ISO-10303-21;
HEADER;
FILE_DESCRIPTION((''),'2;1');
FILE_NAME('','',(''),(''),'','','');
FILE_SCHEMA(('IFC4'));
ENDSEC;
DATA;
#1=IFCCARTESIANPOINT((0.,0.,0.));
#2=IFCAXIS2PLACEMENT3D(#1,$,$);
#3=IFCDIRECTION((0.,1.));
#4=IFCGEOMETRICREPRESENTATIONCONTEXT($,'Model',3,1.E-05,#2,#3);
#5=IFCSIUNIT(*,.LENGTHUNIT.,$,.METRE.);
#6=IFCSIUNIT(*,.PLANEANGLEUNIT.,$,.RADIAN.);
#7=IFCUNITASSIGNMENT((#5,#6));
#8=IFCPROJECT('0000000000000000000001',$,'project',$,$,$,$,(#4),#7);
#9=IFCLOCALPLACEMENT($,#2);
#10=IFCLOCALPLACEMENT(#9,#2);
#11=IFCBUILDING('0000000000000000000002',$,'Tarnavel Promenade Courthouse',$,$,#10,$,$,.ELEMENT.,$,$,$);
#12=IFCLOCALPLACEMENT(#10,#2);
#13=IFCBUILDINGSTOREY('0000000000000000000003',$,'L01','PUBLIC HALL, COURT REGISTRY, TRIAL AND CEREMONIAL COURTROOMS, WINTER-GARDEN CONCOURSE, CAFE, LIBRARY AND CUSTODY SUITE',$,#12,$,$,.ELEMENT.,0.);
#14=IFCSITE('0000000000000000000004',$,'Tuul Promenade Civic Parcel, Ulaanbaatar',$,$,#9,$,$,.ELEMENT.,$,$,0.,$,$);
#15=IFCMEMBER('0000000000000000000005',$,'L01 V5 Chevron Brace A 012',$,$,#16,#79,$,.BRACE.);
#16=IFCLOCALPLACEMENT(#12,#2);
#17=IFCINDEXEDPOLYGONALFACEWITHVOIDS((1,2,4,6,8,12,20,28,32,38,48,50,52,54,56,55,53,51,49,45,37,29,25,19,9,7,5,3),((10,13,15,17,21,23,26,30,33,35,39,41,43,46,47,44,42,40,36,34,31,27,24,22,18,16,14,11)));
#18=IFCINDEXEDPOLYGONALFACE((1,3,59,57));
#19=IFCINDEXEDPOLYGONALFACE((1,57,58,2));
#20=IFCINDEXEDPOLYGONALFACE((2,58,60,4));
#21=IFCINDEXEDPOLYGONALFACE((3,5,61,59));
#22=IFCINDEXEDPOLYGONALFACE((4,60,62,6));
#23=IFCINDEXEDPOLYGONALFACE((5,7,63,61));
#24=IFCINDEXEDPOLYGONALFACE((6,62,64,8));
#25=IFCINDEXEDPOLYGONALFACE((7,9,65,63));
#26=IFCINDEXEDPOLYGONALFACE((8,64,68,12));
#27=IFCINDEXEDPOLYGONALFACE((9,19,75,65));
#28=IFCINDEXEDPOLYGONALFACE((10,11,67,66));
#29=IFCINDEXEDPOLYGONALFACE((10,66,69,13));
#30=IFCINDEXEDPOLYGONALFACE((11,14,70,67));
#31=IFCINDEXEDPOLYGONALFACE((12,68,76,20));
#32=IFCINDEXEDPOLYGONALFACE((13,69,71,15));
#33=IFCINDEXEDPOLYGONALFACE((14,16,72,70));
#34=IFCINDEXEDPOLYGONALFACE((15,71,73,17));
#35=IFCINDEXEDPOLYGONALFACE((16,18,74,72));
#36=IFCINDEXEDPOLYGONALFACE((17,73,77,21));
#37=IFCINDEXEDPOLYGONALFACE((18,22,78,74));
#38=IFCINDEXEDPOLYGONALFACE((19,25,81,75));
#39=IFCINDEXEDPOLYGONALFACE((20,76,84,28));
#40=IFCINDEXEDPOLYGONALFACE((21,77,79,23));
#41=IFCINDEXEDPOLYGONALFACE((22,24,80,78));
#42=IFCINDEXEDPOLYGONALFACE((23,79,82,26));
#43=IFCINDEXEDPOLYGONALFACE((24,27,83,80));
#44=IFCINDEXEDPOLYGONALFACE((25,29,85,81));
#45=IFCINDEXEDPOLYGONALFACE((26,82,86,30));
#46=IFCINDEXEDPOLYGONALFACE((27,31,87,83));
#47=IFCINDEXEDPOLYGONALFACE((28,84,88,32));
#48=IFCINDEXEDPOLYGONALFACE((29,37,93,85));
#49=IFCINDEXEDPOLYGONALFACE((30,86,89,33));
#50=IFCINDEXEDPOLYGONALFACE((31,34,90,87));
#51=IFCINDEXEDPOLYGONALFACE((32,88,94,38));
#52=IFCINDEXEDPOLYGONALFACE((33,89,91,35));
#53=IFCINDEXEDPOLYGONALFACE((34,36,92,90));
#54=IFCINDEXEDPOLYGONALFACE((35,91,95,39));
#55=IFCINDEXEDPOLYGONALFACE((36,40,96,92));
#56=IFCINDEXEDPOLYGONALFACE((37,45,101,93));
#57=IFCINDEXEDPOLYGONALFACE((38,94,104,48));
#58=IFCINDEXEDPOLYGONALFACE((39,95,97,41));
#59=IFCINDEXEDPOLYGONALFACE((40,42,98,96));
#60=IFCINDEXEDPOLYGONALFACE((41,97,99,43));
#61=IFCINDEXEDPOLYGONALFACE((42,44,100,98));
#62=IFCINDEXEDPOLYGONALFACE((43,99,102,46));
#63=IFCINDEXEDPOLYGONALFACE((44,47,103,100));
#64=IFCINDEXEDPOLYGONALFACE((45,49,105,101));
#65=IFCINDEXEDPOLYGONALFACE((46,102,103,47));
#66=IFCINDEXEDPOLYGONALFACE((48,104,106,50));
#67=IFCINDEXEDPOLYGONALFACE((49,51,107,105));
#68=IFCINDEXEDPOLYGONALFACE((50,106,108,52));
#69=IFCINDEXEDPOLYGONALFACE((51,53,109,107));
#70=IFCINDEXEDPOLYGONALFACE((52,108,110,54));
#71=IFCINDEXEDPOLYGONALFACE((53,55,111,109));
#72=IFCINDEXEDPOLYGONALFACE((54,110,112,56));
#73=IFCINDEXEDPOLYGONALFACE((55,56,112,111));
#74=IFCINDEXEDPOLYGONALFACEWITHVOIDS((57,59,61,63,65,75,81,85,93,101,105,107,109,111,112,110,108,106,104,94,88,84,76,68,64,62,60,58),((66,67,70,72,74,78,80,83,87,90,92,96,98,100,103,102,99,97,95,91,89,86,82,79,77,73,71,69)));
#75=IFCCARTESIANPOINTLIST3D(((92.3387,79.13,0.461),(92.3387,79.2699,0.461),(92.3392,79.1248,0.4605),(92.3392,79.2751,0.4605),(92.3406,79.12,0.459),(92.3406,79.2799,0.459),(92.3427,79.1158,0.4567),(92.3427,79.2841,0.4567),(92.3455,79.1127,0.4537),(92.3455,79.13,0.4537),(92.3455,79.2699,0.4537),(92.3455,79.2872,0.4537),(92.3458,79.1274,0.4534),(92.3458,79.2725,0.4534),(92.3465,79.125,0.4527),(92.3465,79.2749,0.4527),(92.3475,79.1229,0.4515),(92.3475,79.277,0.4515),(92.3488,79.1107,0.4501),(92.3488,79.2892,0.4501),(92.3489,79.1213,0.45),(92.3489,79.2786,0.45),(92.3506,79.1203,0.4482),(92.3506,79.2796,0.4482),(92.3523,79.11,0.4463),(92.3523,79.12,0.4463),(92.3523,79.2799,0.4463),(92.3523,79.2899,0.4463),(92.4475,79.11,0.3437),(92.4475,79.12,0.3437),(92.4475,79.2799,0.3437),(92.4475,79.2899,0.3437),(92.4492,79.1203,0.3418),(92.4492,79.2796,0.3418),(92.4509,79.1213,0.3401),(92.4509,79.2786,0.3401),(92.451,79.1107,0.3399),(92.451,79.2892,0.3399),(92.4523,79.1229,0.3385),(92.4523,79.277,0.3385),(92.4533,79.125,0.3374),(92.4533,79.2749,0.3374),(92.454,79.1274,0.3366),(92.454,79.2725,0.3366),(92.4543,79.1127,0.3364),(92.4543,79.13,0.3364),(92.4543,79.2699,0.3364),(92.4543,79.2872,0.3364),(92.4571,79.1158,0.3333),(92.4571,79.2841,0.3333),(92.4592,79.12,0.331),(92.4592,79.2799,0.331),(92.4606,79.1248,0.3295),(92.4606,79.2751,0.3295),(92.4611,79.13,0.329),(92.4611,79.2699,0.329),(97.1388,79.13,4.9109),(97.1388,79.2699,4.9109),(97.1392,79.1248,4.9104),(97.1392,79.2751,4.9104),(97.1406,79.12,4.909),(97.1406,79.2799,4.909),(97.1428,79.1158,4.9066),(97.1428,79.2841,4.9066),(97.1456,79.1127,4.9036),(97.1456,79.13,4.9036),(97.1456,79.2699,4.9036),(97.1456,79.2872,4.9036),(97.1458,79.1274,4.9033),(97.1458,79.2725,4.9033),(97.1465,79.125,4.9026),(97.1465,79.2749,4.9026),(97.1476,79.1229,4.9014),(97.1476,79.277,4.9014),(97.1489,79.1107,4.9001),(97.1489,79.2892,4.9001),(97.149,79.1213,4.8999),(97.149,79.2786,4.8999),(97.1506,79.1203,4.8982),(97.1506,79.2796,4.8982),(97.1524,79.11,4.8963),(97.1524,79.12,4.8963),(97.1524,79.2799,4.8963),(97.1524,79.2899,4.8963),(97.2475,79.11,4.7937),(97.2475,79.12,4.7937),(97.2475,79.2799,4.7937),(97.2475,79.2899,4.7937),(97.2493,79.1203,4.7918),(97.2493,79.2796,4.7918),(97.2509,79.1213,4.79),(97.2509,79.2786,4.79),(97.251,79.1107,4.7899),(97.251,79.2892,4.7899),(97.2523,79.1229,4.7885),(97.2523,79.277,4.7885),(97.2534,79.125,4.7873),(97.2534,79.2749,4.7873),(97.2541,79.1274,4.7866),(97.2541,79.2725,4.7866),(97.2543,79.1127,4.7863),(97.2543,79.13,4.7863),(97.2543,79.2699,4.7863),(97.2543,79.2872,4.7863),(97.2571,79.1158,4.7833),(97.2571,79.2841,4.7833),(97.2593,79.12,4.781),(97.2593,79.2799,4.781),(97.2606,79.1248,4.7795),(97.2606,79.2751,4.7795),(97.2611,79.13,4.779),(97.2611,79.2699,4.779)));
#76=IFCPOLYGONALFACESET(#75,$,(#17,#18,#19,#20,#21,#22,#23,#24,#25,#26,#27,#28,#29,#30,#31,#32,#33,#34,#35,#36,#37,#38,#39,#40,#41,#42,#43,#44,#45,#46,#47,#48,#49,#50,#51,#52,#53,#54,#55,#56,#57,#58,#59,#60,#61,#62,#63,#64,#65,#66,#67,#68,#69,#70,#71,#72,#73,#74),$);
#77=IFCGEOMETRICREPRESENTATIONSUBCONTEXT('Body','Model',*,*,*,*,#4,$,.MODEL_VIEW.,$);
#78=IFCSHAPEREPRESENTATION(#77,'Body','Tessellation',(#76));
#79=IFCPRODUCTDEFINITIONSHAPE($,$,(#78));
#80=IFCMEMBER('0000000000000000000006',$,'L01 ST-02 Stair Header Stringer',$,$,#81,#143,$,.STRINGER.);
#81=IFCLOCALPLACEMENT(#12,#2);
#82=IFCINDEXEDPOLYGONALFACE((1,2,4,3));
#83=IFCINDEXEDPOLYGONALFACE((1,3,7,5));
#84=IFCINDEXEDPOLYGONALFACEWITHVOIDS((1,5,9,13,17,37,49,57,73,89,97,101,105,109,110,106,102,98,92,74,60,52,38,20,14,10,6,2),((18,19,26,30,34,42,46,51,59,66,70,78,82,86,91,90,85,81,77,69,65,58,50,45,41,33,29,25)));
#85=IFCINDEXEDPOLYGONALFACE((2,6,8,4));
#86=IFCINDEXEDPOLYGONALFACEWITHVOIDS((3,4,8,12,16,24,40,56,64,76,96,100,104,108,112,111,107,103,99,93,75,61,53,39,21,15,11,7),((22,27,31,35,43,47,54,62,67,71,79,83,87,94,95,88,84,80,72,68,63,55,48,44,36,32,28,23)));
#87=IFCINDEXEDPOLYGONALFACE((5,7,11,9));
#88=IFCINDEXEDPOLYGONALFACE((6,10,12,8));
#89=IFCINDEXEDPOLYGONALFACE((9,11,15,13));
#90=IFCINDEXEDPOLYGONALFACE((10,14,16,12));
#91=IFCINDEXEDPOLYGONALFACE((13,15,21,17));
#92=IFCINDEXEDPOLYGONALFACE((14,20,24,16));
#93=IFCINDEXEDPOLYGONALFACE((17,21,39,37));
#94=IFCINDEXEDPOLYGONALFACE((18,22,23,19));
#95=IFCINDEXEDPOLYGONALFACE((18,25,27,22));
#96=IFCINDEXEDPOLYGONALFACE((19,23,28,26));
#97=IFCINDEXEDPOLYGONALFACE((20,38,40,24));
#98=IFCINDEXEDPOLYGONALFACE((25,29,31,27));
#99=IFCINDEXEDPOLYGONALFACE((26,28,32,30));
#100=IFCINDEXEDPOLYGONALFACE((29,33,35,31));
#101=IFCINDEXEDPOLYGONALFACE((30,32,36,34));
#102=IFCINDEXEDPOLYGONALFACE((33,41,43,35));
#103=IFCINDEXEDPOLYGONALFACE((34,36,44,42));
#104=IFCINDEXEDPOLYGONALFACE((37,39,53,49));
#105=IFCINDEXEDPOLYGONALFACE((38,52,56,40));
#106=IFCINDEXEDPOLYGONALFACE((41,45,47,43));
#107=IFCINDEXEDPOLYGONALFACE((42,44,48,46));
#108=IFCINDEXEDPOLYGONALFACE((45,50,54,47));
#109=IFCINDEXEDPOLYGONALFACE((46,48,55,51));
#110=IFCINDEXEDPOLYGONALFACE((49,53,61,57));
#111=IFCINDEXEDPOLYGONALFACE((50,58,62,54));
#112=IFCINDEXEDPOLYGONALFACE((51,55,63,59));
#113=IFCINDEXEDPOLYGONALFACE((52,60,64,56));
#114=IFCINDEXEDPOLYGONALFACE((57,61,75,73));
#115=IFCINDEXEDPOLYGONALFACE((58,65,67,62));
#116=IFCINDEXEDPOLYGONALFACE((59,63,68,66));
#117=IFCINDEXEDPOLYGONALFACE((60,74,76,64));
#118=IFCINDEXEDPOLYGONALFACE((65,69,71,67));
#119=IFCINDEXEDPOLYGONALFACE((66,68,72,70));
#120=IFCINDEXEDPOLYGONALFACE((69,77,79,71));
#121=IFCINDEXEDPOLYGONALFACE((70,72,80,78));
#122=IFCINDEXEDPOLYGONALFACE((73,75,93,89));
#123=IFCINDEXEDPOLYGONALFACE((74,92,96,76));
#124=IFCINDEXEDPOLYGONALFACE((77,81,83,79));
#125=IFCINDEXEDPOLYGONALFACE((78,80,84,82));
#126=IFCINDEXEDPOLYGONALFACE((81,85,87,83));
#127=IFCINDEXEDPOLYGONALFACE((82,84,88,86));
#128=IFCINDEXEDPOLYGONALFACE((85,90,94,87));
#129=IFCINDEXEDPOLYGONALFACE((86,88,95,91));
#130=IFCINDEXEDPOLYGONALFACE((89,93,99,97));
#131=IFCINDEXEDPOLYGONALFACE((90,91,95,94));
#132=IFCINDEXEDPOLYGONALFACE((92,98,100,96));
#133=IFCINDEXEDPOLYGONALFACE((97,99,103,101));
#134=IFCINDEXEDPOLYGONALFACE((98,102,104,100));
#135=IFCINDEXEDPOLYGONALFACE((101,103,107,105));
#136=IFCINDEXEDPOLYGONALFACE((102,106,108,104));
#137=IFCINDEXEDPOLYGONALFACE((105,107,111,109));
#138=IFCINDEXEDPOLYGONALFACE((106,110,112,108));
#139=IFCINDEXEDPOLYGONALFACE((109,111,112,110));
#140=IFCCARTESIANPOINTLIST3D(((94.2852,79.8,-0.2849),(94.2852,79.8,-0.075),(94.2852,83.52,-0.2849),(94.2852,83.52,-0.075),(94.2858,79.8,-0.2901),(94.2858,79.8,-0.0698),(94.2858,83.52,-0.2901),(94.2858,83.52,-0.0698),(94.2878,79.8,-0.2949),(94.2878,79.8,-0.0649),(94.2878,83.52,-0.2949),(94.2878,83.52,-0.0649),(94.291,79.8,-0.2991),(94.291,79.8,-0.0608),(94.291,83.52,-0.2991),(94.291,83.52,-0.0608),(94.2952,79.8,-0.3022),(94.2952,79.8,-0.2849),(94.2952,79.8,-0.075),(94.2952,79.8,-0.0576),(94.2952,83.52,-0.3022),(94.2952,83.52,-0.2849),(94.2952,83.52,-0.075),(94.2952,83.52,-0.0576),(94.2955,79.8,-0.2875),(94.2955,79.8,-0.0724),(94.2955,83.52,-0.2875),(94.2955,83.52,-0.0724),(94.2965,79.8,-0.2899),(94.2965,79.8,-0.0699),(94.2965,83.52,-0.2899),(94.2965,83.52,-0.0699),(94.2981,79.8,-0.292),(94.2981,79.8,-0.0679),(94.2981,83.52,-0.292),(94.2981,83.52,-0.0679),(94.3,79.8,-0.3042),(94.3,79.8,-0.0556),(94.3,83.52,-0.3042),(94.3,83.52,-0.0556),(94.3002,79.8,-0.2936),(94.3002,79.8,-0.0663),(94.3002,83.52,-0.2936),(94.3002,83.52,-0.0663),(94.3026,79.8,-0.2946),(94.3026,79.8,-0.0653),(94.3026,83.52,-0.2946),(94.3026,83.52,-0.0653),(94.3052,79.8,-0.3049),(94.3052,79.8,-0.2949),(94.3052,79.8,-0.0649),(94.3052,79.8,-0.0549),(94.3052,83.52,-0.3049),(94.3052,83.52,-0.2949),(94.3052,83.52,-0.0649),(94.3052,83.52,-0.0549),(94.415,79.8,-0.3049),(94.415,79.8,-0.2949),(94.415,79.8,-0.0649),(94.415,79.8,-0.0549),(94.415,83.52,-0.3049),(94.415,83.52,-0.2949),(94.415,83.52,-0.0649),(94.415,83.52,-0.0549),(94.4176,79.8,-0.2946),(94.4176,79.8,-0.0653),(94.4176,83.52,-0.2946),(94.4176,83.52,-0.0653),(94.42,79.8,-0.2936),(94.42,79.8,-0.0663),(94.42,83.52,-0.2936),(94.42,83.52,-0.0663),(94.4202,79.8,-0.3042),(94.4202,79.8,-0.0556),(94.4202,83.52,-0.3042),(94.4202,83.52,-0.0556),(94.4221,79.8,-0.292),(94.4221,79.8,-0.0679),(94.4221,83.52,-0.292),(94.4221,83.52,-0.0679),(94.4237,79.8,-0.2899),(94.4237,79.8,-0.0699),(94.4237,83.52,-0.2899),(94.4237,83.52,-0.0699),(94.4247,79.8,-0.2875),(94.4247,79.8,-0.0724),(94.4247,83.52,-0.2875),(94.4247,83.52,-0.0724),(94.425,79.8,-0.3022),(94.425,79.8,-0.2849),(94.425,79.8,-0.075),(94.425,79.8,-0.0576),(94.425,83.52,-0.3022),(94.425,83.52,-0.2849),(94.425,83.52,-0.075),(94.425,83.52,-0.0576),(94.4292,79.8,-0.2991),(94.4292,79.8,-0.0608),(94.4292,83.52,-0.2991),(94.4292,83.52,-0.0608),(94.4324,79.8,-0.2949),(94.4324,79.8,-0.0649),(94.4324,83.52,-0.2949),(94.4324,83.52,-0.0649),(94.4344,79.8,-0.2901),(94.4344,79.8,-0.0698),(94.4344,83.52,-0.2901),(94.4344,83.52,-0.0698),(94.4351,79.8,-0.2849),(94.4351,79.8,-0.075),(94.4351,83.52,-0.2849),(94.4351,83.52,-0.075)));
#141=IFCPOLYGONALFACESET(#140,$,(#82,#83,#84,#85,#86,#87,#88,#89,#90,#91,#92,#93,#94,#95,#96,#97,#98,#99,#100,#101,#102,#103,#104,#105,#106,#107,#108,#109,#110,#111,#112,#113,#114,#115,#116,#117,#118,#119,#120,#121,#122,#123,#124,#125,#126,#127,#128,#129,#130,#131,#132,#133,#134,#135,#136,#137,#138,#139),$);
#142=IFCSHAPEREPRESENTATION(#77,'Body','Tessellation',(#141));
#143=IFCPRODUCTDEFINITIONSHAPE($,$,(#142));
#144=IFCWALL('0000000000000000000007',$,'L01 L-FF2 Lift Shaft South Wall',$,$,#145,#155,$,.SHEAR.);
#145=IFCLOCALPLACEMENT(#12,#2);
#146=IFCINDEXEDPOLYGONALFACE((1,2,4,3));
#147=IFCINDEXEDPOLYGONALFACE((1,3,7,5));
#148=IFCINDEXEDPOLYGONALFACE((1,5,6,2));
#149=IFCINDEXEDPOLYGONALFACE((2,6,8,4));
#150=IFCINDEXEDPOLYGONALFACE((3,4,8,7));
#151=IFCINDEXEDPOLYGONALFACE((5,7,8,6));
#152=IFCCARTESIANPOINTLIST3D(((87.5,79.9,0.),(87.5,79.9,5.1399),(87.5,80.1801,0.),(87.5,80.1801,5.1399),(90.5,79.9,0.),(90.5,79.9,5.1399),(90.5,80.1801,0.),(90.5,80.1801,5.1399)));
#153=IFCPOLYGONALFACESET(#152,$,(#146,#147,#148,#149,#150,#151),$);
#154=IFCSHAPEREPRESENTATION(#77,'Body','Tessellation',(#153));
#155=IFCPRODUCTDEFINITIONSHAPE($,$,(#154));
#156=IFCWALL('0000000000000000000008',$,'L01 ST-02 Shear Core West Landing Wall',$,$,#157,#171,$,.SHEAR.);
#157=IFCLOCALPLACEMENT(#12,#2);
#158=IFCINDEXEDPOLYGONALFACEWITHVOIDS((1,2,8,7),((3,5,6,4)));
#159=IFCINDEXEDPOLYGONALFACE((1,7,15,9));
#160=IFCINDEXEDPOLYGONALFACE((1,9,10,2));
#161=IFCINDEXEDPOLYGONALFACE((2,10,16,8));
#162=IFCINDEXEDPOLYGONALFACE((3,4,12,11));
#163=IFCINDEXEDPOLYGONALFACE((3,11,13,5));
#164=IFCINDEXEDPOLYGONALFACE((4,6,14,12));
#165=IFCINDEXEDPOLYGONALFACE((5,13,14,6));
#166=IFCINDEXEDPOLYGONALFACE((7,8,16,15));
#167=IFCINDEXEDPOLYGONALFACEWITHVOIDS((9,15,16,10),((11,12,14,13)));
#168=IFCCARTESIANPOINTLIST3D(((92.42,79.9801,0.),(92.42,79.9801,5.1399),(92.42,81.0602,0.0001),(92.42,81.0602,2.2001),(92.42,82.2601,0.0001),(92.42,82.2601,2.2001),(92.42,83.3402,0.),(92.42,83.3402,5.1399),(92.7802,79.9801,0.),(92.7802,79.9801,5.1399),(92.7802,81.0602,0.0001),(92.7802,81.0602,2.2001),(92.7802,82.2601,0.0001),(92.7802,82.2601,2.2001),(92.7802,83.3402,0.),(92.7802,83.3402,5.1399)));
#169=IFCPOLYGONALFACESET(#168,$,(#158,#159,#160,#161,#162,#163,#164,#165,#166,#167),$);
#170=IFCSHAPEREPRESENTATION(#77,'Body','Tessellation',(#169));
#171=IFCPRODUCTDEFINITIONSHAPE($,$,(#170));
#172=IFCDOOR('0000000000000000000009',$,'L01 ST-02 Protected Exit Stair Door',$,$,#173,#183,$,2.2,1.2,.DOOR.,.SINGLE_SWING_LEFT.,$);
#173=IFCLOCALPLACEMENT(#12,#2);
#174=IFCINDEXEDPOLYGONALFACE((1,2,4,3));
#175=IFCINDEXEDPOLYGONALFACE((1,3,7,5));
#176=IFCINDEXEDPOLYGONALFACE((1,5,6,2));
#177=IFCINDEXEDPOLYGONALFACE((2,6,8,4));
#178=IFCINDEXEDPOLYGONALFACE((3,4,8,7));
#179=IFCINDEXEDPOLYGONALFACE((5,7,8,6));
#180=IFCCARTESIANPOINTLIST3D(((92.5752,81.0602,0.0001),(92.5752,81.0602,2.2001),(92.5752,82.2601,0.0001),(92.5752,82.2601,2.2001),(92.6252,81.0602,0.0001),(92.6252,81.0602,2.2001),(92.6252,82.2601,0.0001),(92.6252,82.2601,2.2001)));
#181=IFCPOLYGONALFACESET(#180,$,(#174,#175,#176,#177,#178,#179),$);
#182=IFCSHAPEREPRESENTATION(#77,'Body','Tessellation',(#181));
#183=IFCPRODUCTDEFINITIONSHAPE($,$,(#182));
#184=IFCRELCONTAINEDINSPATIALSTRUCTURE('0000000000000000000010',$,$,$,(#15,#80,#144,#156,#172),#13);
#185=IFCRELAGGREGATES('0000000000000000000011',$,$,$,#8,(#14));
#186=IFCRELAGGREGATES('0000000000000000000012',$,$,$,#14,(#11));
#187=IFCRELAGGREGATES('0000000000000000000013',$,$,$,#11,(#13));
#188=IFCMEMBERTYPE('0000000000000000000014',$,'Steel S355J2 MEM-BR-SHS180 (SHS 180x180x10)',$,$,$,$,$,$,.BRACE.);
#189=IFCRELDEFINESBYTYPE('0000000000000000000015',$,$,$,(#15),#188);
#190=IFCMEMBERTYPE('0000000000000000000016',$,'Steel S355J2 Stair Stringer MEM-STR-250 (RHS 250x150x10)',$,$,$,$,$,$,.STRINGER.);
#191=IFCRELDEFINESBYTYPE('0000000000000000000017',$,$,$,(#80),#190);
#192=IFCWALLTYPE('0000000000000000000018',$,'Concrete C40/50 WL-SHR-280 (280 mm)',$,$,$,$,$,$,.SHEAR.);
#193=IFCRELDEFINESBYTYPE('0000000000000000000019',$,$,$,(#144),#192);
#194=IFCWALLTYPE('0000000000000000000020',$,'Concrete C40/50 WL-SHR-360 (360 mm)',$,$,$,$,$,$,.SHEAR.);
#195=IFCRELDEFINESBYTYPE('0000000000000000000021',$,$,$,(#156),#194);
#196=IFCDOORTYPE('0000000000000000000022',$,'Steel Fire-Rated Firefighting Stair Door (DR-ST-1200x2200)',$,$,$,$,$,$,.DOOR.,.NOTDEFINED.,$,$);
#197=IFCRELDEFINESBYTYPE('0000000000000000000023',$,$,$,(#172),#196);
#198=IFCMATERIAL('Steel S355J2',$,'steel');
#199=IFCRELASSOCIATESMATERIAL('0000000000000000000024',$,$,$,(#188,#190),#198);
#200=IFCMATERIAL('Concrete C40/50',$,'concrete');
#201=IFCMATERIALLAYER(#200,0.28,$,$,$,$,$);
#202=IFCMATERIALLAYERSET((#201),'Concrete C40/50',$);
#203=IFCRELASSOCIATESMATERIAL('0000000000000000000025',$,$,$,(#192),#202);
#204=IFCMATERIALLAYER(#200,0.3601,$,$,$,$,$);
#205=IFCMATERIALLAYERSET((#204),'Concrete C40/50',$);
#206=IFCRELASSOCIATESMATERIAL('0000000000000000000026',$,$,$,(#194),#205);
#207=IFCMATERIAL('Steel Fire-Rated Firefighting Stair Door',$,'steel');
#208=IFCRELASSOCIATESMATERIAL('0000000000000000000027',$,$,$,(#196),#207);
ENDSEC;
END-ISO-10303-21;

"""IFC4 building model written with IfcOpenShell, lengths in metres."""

from ifc_helpers import new_model, si_unit, direction, frame, frame_2d, origin, origin_2d, place, context, subcontext, project, spatial, rectangle, hollow_rectangle, extrude, material, layer, layer_set, material_profile, profile_set, type_object, element, fill, save


model = new_model("IFC4")

# Units and contexts
model_context = context("Model", 3, precision=1e-05, world=origin(), true_north=direction((0.0, 1.0)))
body_context = subcontext(model_context, "Body", "Model", "MODEL_VIEW")
ifc_project = project(units=[si_unit("LENGTHUNIT", "METRE"), si_unit("PLANEANGLEUNIT", "RADIAN")], contexts=[model_context])

# Site, building, storey
site_placement = place(None, origin())
site = spatial("IfcSite", under=ifc_project, at=site_placement, Name="Tuul Promenade Civic Parcel, Ulaanbaatar", CompositionType="ELEMENT", RefElevation=0.0)
building_placement = place(site_placement, origin())
building = spatial("IfcBuilding", under=site, at=building_placement, Name="Tarnavel Promenade Courthouse", CompositionType="ELEMENT")
storey_placement = place(building_placement, origin())
storey = spatial("IfcBuildingStorey", under=building, at=storey_placement, Name="L01", Description="PUBLIC HALL, COURT REGISTRY, TRIAL AND CEREMONIAL COURTROOMS, WINTER-GARDEN CONCOURSE, CAFE, LIBRARY AND CUSTODY SUITE", CompositionType="ELEMENT", Elevation=0.0)

# Shared definitions
ifc_material_1 = material(Name="Concrete C40/50", Category="concrete")

# Members
ifc_material_2 = material(Name="Steel S355J2", Category="steel")
ifc_material_profile_1 = material_profile(ifc_material_2, hollow_rectangle(XDim=0.1799, YDim=0.1799, WallThickness=0.01, InnerFilletRadius=0.01, OuterFilletRadius=0.02, at=origin_2d()), Name="SHS 180x180x10")
ifc_profile_set_1 = profile_set([ifc_material_profile_1], Name="Steel S355J2")
member_type_1 = type_object("IfcMemberType", Name="Steel S355J2 MEM-BR-SHS180 (SHS 180x180x10)", PredefinedType="BRACE", material=ifc_profile_set_1)
member_1_placement = place(storey_placement, frame((92.3999, 79.2, 0.395), z_axis=(0.733345, 0.0, 0.679857), x_axis=(0.0, 1.0, 0.0)))
element("IfcMember", 1, at=member_1_placement, inside=storey, type_object=member_type_1, Name="L01 V5 Chevron Brace A 012", PredefinedType="BRACE", context=body_context, shape_type="SweptSolid", body=[
    extrude(hollow_rectangle(XDim=0.1799, YDim=0.1799, WallThickness=0.01, InnerFilletRadius=0.01, OuterFilletRadius=0.02, at=origin_2d()), origin(), (0.0, 0.0, 1.0), 6.5454),
])
ifc_material_profile_2 = material_profile(ifc_material_2, hollow_rectangle(XDim=0.1499, YDim=0.25, WallThickness=0.01, InnerFilletRadius=0.01, OuterFilletRadius=0.02, at=origin_2d()), Name="RHS 250x150x10")
ifc_profile_set_2 = profile_set([ifc_material_profile_2], Name="Steel S355J2")
member_type_2 = type_object("IfcMemberType", Name="Steel S355J2 Stair Stringer MEM-STR-250 (RHS 250x150x10)", PredefinedType="STRINGER", material=ifc_profile_set_2)
member_2_placement = place(storey_placement, frame((94.3601, 79.8, -0.1799), z_axis=(0.0, 1.0, 0.0), x_axis=(-1.0, 0.0, 0.0)))
element("IfcMember", 2, at=member_2_placement, inside=storey, type_object=member_type_2, Name="L01 ST-02 Stair Header Stringer", PredefinedType="STRINGER", context=body_context, shape_type="SweptSolid", body=[
    extrude(hollow_rectangle(XDim=0.1499, YDim=0.25, WallThickness=0.01, InnerFilletRadius=0.01, OuterFilletRadius=0.02, at=origin_2d()), origin(), (0.0, 0.0, 1.0), 3.72),
])

# Wall
ifc_layer_1 = layer(ifc_material_1, 0.28)
ifc_layer_set_1 = layer_set([ifc_layer_1], Name="Concrete C40/50")
wall_type_1 = type_object("IfcWallType", Name="Concrete C40/50 WL-SHR-280 (280 mm)", PredefinedType="SHEAR", material=ifc_layer_set_1)
wall_1_placement = place(storey_placement, frame((90.5, 80.04, 0.0), z_axis=(0.0, 0.0, 1.0), x_axis=(-1.0, 0.0, 0.0)))
element("IfcWall", 3, at=wall_1_placement, inside=storey, type_object=wall_type_1, Name="L01 L-FF2 Lift Shaft South Wall", PredefinedType="SHEAR", context=body_context, shape_type="SweptSolid", body=[
    extrude(rectangle(XDim=3.0, YDim=0.28, at=frame_2d((1.5, 0.0))), origin(), (0.0, 0.0, 1.0), 5.1399),
])

# Wall, opening, door
ifc_layer_2 = layer(ifc_material_1, 0.3601)
ifc_layer_set_2 = layer_set([ifc_layer_2], Name="Concrete C40/50")
wall_type_2 = type_object("IfcWallType", Name="Concrete C40/50 WL-SHR-360 (360 mm)", PredefinedType="SHEAR", material=ifc_layer_set_2)
wall_2_placement = place(storey_placement, frame((92.6001, 79.98, 0.0), z_axis=(0.0, 0.0, 1.0), x_axis=(0.0, 1.0, 0.0)))
wall_2 = element("IfcWall", 4, at=wall_2_placement, inside=storey, type_object=wall_type_2, Name="L01 ST-02 Shear Core West Landing Wall", PredefinedType="SHEAR", context=body_context, shape_type="SweptSolid", body=[
    extrude(rectangle(XDim=3.3601, YDim=0.3601, at=frame_2d((1.6802, 0.0))), origin(), (0.0, 0.0, 1.0), 5.1399),
])
opening_placement = place(wall_2_placement, frame((1.0801, 0.0, 0.0)))
opening = element("IfcOpeningElement", 5, at=opening_placement, cuts=wall_2, PredefinedType="OPENING", context=body_context, shape_type="SweptSolid", body=[
    extrude(rectangle(XDim=1.2, YDim=2.2, at=frame_2d((0.6001, 1.1001))), frame((0.0, 0.1899, 0.0), z_axis=(0.0, -1.0, 0.0), x_axis=(1.0, 0.0, 0.0)), (0.0, 0.0, 1.0), 0.3801),
])
ifc_material_3 = material(Name="Steel Fire-Rated Firefighting Stair Door", Category="steel")
door_type = type_object("IfcDoorType", Name="Steel Fire-Rated Firefighting Stair Door (DR-ST-1200x2200)", OperationType="NOTDEFINED", PredefinedType="DOOR", material=ifc_material_3)
door_placement = place(opening_placement, origin())
door = element("IfcDoor", 6, at=door_placement, inside=storey, type_object=door_type, Name="L01 ST-02 Protected Exit Stair Door", OperationType="SINGLE_SWING_LEFT", OverallHeight=2.2, OverallWidth=1.2, PredefinedType="DOOR", context=body_context, shape_type="SweptSolid", body=[
    extrude(rectangle(XDim=1.2, YDim=2.2, at=frame_2d((0.6001, 1.1001))), frame((0.0, 0.0249, 0.0), z_axis=(0.0, -1.0, 0.0), x_axis=(1.0, 0.0, 0.0)), (0.0, 0.0, 1.0), 0.05),
])
fill(opening, door)

save(model, "model.ifc")
